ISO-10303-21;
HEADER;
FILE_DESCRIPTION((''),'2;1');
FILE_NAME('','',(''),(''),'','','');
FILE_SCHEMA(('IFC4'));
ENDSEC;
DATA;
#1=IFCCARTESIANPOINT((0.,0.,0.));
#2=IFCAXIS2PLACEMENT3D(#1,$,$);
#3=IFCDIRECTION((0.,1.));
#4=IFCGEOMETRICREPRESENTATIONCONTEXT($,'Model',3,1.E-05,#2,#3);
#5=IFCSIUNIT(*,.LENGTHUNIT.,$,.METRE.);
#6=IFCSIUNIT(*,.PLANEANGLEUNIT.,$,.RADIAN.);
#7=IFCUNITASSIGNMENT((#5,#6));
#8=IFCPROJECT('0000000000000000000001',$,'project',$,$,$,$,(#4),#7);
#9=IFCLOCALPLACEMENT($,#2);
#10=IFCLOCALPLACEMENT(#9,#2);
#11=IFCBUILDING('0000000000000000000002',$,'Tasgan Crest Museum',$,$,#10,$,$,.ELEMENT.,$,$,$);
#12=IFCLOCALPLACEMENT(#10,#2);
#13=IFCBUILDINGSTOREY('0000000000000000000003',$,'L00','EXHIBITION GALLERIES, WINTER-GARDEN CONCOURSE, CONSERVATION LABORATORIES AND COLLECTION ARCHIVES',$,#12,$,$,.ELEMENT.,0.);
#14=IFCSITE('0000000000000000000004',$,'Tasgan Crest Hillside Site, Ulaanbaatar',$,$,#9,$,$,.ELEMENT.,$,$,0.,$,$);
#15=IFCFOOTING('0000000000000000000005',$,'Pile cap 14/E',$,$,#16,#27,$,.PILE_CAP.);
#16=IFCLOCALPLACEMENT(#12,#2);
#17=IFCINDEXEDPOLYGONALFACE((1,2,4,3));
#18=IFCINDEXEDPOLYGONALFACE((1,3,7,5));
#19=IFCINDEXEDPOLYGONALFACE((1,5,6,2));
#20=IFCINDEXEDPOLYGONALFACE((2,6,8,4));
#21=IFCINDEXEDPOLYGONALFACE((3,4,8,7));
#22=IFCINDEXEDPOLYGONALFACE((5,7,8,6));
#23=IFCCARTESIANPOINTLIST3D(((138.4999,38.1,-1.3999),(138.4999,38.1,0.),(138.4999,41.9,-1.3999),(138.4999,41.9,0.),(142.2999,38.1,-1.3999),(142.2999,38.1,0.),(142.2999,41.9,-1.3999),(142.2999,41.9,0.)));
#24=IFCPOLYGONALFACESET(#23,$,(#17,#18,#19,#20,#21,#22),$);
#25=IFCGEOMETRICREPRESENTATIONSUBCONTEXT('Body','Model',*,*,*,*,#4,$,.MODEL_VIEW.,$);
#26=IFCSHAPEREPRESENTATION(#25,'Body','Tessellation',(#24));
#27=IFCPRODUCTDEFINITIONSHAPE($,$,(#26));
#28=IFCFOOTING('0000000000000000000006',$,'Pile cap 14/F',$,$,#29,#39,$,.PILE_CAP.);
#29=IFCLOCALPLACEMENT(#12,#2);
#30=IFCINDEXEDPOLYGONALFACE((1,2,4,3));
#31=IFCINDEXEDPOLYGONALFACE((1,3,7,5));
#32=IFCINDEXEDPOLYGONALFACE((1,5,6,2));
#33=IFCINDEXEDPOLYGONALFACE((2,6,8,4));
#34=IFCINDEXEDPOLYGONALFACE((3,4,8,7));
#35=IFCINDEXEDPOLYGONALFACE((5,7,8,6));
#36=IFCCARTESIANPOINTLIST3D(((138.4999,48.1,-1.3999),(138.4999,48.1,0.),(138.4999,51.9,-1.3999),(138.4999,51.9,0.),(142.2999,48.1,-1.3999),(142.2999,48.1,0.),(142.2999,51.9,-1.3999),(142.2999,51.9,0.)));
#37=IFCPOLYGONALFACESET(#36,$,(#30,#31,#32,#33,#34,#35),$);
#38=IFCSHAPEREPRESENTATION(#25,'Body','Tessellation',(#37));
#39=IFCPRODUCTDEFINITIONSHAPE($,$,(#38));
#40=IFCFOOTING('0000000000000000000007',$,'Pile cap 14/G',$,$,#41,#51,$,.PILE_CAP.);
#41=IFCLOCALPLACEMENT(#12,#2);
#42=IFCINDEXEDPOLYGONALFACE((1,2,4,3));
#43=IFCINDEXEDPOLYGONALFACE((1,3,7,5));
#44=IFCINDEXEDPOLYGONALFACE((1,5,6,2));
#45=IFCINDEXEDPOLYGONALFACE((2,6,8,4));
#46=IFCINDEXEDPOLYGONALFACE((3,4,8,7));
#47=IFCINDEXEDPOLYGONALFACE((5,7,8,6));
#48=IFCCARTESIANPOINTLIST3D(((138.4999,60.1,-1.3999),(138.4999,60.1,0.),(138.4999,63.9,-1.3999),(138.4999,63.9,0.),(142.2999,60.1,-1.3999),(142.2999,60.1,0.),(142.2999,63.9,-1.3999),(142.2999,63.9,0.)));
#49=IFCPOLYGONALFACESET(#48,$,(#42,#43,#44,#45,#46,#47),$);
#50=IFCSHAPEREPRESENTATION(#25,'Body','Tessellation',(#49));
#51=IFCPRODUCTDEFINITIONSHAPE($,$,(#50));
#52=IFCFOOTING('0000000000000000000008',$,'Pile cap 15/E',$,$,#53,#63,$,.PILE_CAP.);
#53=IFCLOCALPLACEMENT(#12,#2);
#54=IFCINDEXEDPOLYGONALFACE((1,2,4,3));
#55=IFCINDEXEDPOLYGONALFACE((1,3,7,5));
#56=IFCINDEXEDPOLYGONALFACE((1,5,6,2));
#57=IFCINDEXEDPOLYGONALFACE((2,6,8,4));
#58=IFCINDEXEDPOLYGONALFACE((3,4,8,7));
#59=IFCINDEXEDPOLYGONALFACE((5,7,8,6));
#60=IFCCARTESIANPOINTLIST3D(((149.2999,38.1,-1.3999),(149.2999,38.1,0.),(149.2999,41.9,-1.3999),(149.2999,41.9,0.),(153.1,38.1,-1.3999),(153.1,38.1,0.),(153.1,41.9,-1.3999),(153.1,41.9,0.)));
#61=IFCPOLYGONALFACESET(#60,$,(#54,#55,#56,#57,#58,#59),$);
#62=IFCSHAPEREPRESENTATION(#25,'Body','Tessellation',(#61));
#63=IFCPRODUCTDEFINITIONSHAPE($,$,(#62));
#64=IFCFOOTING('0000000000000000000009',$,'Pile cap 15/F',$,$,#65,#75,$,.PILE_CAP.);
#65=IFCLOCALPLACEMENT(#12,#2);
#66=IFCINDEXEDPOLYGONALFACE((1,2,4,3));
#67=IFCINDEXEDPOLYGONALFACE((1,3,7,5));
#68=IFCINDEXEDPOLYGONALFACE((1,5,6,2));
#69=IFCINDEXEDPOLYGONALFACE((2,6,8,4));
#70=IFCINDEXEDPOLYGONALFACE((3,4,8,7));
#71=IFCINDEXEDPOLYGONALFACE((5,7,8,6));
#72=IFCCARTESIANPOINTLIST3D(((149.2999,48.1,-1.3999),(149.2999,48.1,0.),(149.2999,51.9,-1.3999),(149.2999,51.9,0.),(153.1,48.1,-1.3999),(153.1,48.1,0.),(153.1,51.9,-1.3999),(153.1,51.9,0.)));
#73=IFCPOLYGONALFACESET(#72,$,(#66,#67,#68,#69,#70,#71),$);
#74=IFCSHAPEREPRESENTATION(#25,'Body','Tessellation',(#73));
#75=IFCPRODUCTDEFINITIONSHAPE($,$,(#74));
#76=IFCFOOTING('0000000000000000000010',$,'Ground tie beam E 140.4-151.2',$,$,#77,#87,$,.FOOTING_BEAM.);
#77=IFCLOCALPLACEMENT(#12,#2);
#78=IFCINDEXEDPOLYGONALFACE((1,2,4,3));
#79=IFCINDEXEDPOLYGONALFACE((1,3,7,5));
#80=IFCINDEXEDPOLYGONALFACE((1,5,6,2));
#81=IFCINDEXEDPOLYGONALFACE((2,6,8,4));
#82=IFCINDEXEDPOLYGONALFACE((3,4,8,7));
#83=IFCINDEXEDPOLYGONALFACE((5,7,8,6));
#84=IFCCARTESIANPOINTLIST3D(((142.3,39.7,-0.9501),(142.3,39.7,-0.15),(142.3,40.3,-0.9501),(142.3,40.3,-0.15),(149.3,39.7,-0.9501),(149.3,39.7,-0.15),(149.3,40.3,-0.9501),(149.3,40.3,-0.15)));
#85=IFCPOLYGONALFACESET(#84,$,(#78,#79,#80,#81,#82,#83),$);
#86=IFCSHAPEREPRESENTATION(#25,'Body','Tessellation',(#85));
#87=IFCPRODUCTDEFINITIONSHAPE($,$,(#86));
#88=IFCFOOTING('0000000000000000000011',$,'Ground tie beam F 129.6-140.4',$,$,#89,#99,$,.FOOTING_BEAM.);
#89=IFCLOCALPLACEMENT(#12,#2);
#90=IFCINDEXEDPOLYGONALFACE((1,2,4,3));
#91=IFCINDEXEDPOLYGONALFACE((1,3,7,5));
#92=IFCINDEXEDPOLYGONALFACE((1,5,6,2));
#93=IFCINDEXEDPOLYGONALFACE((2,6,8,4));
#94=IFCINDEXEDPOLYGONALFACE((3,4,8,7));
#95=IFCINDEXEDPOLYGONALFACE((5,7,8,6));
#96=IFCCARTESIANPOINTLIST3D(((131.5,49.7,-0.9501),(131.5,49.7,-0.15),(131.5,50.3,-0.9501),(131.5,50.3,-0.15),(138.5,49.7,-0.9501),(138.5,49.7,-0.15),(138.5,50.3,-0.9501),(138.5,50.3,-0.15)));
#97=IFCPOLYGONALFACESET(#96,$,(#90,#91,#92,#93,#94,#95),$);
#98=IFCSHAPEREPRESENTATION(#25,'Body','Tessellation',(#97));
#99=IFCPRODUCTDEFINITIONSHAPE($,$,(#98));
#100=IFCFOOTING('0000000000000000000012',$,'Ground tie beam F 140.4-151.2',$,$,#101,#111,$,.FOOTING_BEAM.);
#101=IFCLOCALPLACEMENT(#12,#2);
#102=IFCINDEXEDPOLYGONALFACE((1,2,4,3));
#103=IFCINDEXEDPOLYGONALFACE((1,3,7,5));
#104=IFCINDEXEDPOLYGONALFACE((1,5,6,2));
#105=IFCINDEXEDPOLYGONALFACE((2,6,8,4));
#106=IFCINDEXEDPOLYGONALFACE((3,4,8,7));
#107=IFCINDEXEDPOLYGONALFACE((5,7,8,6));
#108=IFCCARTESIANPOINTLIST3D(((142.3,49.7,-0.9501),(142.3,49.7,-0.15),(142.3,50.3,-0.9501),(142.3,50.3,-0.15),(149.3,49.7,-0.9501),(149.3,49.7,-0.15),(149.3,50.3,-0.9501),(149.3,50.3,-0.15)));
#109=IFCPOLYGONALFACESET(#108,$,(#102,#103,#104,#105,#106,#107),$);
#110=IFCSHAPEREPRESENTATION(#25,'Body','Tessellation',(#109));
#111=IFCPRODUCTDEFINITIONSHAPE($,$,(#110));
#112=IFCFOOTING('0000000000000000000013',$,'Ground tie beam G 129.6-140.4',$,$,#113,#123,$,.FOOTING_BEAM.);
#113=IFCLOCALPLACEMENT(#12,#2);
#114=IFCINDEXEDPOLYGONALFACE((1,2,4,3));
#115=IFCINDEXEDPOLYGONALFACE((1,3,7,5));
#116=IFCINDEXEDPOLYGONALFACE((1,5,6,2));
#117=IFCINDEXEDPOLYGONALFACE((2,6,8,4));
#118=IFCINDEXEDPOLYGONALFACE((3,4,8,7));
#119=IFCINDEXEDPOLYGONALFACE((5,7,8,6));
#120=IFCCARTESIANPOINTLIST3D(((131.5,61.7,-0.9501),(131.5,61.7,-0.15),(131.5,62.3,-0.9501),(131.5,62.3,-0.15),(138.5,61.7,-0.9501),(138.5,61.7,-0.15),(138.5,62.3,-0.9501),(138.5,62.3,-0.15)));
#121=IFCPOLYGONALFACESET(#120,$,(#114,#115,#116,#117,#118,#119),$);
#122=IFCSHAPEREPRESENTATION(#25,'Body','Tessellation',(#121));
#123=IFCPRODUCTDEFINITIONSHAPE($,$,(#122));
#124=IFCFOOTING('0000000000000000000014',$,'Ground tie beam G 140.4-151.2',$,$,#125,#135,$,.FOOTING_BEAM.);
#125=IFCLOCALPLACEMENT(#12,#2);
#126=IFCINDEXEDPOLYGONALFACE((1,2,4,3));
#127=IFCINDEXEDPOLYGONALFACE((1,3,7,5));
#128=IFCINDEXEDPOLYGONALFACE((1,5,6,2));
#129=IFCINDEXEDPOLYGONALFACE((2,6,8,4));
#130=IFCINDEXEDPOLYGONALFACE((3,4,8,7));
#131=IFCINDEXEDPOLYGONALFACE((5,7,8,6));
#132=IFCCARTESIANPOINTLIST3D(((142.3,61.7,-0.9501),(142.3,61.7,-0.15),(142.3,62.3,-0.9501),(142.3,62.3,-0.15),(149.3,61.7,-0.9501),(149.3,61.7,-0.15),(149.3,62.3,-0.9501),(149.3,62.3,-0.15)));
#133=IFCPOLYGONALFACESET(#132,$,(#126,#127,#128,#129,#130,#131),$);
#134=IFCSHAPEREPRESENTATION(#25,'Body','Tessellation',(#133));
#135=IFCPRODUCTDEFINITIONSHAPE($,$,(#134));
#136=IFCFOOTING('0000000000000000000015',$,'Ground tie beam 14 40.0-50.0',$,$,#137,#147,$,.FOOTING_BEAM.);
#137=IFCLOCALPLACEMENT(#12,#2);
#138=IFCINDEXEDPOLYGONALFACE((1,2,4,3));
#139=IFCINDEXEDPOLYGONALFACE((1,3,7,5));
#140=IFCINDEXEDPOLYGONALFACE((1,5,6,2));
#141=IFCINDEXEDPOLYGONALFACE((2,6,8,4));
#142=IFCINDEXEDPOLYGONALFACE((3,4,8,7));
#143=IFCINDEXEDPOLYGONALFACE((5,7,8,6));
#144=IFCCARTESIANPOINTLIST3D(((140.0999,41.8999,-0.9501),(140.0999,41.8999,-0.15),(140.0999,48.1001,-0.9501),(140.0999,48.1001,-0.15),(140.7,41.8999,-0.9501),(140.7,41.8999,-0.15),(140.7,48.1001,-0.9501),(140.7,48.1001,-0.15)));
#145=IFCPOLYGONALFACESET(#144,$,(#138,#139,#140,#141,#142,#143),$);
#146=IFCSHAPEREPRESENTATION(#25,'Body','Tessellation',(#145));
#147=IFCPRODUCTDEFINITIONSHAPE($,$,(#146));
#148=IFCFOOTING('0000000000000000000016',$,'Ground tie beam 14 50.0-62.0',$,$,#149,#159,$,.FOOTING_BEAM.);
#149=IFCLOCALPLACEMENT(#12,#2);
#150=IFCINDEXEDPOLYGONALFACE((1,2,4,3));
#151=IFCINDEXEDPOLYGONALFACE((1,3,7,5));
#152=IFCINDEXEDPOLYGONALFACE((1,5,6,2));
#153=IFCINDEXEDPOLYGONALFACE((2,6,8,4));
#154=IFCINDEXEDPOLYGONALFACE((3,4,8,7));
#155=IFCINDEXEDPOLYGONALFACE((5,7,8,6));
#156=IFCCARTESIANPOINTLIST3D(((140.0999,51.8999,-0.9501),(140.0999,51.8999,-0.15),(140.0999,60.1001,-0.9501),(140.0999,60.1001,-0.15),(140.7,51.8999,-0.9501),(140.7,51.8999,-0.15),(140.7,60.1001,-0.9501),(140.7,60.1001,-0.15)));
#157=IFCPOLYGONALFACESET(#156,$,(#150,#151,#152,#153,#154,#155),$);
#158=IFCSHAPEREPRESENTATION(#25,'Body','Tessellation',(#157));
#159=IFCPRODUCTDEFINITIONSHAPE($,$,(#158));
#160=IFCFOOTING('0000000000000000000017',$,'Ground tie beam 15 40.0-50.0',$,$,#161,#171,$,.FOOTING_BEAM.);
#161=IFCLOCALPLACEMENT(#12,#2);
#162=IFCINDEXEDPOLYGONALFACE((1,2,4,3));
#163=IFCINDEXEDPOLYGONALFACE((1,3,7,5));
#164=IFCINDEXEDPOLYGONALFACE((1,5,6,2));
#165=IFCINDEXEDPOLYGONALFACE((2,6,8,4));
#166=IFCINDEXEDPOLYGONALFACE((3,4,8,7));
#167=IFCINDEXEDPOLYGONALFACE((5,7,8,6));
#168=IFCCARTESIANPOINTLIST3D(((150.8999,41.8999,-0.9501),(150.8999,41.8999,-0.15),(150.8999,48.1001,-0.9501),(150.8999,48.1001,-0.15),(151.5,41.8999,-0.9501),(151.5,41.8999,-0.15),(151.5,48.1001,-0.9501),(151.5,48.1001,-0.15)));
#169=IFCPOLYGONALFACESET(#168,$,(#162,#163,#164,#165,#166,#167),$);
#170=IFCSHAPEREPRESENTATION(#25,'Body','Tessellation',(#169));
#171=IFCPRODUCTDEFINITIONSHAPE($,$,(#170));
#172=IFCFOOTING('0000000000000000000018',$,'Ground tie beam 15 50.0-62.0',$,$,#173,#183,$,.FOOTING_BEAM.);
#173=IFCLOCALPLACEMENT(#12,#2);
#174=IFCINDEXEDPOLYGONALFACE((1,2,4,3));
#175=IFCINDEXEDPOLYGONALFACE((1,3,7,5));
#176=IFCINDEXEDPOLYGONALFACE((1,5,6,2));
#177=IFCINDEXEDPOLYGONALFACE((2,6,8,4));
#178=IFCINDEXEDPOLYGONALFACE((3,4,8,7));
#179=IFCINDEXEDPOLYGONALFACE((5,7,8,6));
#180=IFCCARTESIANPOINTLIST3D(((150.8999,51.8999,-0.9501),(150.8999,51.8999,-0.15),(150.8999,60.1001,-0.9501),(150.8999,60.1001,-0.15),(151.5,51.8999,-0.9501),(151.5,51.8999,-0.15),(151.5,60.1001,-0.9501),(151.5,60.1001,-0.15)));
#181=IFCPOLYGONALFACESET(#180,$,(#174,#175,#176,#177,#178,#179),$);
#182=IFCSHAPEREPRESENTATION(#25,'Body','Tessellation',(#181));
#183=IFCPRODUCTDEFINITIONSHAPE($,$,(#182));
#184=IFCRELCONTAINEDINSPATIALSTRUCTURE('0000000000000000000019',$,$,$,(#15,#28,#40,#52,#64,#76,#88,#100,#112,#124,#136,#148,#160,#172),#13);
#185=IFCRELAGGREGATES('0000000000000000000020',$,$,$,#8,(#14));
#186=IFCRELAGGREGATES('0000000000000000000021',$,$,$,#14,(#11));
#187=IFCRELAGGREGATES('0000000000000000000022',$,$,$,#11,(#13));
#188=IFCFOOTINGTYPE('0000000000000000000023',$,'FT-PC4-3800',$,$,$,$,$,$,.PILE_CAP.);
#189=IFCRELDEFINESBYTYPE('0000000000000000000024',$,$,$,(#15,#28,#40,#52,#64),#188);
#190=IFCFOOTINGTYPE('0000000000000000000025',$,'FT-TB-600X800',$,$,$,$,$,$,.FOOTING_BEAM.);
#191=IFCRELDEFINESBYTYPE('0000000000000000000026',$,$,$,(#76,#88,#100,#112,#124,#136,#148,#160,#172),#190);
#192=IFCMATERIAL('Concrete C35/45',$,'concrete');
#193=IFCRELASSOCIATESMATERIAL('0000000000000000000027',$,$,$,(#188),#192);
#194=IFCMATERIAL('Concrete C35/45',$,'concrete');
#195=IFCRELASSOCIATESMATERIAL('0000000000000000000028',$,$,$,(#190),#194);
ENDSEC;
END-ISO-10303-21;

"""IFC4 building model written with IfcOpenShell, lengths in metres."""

from ifc_helpers import new_model, si_unit, direction, frame, origin, origin_2d, place, context, subcontext, project, spatial, rectangle, extrude, material, material_profile, profile_set, type_object, element, save


model = new_model("IFC4")

# Units and contexts
model_context = context("Model", 3, precision=1e-05, world=origin(), true_north=direction((0.0, 1.0)))
body_context = subcontext(model_context, "Body", "Model", "MODEL_VIEW")
ifc_project = project(units=[si_unit("LENGTHUNIT", "METRE"), si_unit("PLANEANGLEUNIT", "RADIAN")], contexts=[model_context])

# Site, building, storey
site_placement = place(None, origin())
site = spatial("IfcSite", under=ifc_project, at=site_placement, Name="Tasgan Crest Hillside Site, Ulaanbaatar", CompositionType="ELEMENT", RefElevation=0.0)
building_placement = place(site_placement, origin())
building = spatial("IfcBuilding", under=site, at=building_placement, Name="Tasgan Crest Museum", CompositionType="ELEMENT")
storey_placement = place(building_placement, origin())
storey = spatial("IfcBuildingStorey", under=building, at=storey_placement, Name="L00", Description="EXHIBITION GALLERIES, WINTER-GARDEN CONCOURSE, CONSERVATION LABORATORIES AND COLLECTION ARCHIVES", CompositionType="ELEMENT", Elevation=0.0)

# Footings
ifc_material_1 = material(Name="Concrete C35/45", Category="concrete")
footing_type_1 = type_object("IfcFootingType", Name="FT-PC4-3800", PredefinedType="PILE_CAP", material=ifc_material_1)
for number, where, z_axis, x_axis, name in (
    (1, (140.3999, 40.0, -1.3999), (0.0, 0.0, 1.0), (1.0, 0.0, 0.0), "Pile cap 14/E"),
    (2, (140.3999, 50.0, -1.3999), (0.0, 0.0, 1.0), (1.0, 0.0, 0.0), "Pile cap 14/F"),
    (3, (140.3999, 62.0, -1.3999), (0.0, 0.0, 1.0), (1.0, 0.0, 0.0), "Pile cap 14/G"),
    (4, (151.2, 40.0, -1.3999), (0.0, 0.0, 1.0), (1.0, 0.0, 0.0), "Pile cap 15/E"),
    (5, (151.2, 50.0, -1.3999), (0.0, 0.0, 1.0), (1.0, 0.0, 0.0), "Pile cap 15/F"),
):
    element("IfcFooting", number, at=place(storey_placement, frame(where, z_axis=z_axis, x_axis=x_axis)), inside=storey, type_object=footing_type_1, Name=name, PredefinedType="PILE_CAP", context=body_context, shape_type="SweptSolid", body=[
        extrude(rectangle(XDim=3.8, YDim=3.8, at=origin_2d()), origin(), (0.0, 0.0, 1.0), 1.3999),
    ])
ifc_material_2 = material(Name="Concrete C35/45", Category="concrete")
ifc_material_profile_1 = material_profile(ifc_material_2, rectangle(XDim=0.6001, YDim=0.8, at=origin_2d()), Name="TB 600x800")
ifc_profile_set_1 = profile_set([ifc_material_profile_1], Name="Concrete C35/45")
footing_type_2 = type_object("IfcFootingType", Name="FT-TB-600X800", PredefinedType="FOOTING_BEAM", material=ifc_profile_set_1)
for number, where, z_axis, x_axis, name in (
    (6, (142.3, 40.0, -0.55), (1.0, 0.0, 0.0), (0.0, 1.0, 0.0), "Ground tie beam E 140.4-151.2"),
    (7, (131.5, 50.0, -0.55), (1.0, 0.0, 0.0), (0.0, 1.0, 0.0), "Ground tie beam F 129.6-140.4"),
    (8, (142.3, 50.0, -0.55), (1.0, 0.0, 0.0), (0.0, 1.0, 0.0), "Ground tie beam F 140.4-151.2"),
    (9, (131.5, 62.0, -0.55), (1.0, 0.0, 0.0), (0.0, 1.0, 0.0), "Ground tie beam G 129.6-140.4"),
    (10, (142.3, 62.0, -0.55), (1.0, 0.0, 0.0), (0.0, 1.0, 0.0), "Ground tie beam G 140.4-151.2"),
):
    element("IfcFooting", number, at=place(storey_placement, frame(where, z_axis=z_axis, x_axis=x_axis)), inside=storey, type_object=footing_type_2, Name=name, PredefinedType="FOOTING_BEAM", context=body_context, shape_type="SweptSolid", body=[
        extrude(rectangle(XDim=0.6001, YDim=0.8, at=origin_2d()), origin(), (0.0, 0.0, 1.0), 7.0),
    ])
footing_1_placement = place(storey_placement, frame((140.3999, 41.8999, -0.55), z_axis=(0.0, 1.0, 0.0), x_axis=(-1.0, 0.0, 0.0)))
element("IfcFooting", 11, at=footing_1_placement, inside=storey, type_object=footing_type_2, Name="Ground tie beam 14 40.0-50.0", PredefinedType="FOOTING_BEAM", context=body_context, shape_type="SweptSolid", body=[
    extrude(rectangle(XDim=0.6001, YDim=0.8, at=origin_2d()), origin(), (0.0, 0.0, 1.0), 6.2002),
])
footing_2_placement = place(storey_placement, frame((140.3999, 51.8999, -0.55), z_axis=(0.0, 1.0, 0.0), x_axis=(-1.0, 0.0, 0.0)))
element("IfcFooting", 12, at=footing_2_placement, inside=storey, type_object=footing_type_2, Name="Ground tie beam 14 50.0-62.0", PredefinedType="FOOTING_BEAM", context=body_context, shape_type="SweptSolid", body=[
    extrude(rectangle(XDim=0.6001, YDim=0.8, at=origin_2d()), origin(), (0.0, 0.0, 1.0), 8.2002),
])
footing_3_placement = place(storey_placement, frame((151.2, 41.8999, -0.55), z_axis=(0.0, 1.0, 0.0), x_axis=(-1.0, 0.0, 0.0)))
element("IfcFooting", 13, at=footing_3_placement, inside=storey, type_object=footing_type_2, Name="Ground tie beam 15 40.0-50.0", PredefinedType="FOOTING_BEAM", context=body_context, shape_type="SweptSolid", body=[
    extrude(rectangle(XDim=0.6001, YDim=0.8, at=origin_2d()), origin(), (0.0, 0.0, 1.0), 6.2002),
])
footing_4_placement = place(storey_placement, frame((151.2, 51.8999, -0.55), z_axis=(0.0, 1.0, 0.0), x_axis=(-1.0, 0.0, 0.0)))
element("IfcFooting", 14, at=footing_4_placement, inside=storey, type_object=footing_type_2, Name="Ground tie beam 15 50.0-62.0", PredefinedType="FOOTING_BEAM", context=body_context, shape_type="SweptSolid", body=[
    extrude(rectangle(XDim=0.6001, YDim=0.8, at=origin_2d()), origin(), (0.0, 0.0, 1.0), 8.2002),
])

save(model, "model.ifc")
